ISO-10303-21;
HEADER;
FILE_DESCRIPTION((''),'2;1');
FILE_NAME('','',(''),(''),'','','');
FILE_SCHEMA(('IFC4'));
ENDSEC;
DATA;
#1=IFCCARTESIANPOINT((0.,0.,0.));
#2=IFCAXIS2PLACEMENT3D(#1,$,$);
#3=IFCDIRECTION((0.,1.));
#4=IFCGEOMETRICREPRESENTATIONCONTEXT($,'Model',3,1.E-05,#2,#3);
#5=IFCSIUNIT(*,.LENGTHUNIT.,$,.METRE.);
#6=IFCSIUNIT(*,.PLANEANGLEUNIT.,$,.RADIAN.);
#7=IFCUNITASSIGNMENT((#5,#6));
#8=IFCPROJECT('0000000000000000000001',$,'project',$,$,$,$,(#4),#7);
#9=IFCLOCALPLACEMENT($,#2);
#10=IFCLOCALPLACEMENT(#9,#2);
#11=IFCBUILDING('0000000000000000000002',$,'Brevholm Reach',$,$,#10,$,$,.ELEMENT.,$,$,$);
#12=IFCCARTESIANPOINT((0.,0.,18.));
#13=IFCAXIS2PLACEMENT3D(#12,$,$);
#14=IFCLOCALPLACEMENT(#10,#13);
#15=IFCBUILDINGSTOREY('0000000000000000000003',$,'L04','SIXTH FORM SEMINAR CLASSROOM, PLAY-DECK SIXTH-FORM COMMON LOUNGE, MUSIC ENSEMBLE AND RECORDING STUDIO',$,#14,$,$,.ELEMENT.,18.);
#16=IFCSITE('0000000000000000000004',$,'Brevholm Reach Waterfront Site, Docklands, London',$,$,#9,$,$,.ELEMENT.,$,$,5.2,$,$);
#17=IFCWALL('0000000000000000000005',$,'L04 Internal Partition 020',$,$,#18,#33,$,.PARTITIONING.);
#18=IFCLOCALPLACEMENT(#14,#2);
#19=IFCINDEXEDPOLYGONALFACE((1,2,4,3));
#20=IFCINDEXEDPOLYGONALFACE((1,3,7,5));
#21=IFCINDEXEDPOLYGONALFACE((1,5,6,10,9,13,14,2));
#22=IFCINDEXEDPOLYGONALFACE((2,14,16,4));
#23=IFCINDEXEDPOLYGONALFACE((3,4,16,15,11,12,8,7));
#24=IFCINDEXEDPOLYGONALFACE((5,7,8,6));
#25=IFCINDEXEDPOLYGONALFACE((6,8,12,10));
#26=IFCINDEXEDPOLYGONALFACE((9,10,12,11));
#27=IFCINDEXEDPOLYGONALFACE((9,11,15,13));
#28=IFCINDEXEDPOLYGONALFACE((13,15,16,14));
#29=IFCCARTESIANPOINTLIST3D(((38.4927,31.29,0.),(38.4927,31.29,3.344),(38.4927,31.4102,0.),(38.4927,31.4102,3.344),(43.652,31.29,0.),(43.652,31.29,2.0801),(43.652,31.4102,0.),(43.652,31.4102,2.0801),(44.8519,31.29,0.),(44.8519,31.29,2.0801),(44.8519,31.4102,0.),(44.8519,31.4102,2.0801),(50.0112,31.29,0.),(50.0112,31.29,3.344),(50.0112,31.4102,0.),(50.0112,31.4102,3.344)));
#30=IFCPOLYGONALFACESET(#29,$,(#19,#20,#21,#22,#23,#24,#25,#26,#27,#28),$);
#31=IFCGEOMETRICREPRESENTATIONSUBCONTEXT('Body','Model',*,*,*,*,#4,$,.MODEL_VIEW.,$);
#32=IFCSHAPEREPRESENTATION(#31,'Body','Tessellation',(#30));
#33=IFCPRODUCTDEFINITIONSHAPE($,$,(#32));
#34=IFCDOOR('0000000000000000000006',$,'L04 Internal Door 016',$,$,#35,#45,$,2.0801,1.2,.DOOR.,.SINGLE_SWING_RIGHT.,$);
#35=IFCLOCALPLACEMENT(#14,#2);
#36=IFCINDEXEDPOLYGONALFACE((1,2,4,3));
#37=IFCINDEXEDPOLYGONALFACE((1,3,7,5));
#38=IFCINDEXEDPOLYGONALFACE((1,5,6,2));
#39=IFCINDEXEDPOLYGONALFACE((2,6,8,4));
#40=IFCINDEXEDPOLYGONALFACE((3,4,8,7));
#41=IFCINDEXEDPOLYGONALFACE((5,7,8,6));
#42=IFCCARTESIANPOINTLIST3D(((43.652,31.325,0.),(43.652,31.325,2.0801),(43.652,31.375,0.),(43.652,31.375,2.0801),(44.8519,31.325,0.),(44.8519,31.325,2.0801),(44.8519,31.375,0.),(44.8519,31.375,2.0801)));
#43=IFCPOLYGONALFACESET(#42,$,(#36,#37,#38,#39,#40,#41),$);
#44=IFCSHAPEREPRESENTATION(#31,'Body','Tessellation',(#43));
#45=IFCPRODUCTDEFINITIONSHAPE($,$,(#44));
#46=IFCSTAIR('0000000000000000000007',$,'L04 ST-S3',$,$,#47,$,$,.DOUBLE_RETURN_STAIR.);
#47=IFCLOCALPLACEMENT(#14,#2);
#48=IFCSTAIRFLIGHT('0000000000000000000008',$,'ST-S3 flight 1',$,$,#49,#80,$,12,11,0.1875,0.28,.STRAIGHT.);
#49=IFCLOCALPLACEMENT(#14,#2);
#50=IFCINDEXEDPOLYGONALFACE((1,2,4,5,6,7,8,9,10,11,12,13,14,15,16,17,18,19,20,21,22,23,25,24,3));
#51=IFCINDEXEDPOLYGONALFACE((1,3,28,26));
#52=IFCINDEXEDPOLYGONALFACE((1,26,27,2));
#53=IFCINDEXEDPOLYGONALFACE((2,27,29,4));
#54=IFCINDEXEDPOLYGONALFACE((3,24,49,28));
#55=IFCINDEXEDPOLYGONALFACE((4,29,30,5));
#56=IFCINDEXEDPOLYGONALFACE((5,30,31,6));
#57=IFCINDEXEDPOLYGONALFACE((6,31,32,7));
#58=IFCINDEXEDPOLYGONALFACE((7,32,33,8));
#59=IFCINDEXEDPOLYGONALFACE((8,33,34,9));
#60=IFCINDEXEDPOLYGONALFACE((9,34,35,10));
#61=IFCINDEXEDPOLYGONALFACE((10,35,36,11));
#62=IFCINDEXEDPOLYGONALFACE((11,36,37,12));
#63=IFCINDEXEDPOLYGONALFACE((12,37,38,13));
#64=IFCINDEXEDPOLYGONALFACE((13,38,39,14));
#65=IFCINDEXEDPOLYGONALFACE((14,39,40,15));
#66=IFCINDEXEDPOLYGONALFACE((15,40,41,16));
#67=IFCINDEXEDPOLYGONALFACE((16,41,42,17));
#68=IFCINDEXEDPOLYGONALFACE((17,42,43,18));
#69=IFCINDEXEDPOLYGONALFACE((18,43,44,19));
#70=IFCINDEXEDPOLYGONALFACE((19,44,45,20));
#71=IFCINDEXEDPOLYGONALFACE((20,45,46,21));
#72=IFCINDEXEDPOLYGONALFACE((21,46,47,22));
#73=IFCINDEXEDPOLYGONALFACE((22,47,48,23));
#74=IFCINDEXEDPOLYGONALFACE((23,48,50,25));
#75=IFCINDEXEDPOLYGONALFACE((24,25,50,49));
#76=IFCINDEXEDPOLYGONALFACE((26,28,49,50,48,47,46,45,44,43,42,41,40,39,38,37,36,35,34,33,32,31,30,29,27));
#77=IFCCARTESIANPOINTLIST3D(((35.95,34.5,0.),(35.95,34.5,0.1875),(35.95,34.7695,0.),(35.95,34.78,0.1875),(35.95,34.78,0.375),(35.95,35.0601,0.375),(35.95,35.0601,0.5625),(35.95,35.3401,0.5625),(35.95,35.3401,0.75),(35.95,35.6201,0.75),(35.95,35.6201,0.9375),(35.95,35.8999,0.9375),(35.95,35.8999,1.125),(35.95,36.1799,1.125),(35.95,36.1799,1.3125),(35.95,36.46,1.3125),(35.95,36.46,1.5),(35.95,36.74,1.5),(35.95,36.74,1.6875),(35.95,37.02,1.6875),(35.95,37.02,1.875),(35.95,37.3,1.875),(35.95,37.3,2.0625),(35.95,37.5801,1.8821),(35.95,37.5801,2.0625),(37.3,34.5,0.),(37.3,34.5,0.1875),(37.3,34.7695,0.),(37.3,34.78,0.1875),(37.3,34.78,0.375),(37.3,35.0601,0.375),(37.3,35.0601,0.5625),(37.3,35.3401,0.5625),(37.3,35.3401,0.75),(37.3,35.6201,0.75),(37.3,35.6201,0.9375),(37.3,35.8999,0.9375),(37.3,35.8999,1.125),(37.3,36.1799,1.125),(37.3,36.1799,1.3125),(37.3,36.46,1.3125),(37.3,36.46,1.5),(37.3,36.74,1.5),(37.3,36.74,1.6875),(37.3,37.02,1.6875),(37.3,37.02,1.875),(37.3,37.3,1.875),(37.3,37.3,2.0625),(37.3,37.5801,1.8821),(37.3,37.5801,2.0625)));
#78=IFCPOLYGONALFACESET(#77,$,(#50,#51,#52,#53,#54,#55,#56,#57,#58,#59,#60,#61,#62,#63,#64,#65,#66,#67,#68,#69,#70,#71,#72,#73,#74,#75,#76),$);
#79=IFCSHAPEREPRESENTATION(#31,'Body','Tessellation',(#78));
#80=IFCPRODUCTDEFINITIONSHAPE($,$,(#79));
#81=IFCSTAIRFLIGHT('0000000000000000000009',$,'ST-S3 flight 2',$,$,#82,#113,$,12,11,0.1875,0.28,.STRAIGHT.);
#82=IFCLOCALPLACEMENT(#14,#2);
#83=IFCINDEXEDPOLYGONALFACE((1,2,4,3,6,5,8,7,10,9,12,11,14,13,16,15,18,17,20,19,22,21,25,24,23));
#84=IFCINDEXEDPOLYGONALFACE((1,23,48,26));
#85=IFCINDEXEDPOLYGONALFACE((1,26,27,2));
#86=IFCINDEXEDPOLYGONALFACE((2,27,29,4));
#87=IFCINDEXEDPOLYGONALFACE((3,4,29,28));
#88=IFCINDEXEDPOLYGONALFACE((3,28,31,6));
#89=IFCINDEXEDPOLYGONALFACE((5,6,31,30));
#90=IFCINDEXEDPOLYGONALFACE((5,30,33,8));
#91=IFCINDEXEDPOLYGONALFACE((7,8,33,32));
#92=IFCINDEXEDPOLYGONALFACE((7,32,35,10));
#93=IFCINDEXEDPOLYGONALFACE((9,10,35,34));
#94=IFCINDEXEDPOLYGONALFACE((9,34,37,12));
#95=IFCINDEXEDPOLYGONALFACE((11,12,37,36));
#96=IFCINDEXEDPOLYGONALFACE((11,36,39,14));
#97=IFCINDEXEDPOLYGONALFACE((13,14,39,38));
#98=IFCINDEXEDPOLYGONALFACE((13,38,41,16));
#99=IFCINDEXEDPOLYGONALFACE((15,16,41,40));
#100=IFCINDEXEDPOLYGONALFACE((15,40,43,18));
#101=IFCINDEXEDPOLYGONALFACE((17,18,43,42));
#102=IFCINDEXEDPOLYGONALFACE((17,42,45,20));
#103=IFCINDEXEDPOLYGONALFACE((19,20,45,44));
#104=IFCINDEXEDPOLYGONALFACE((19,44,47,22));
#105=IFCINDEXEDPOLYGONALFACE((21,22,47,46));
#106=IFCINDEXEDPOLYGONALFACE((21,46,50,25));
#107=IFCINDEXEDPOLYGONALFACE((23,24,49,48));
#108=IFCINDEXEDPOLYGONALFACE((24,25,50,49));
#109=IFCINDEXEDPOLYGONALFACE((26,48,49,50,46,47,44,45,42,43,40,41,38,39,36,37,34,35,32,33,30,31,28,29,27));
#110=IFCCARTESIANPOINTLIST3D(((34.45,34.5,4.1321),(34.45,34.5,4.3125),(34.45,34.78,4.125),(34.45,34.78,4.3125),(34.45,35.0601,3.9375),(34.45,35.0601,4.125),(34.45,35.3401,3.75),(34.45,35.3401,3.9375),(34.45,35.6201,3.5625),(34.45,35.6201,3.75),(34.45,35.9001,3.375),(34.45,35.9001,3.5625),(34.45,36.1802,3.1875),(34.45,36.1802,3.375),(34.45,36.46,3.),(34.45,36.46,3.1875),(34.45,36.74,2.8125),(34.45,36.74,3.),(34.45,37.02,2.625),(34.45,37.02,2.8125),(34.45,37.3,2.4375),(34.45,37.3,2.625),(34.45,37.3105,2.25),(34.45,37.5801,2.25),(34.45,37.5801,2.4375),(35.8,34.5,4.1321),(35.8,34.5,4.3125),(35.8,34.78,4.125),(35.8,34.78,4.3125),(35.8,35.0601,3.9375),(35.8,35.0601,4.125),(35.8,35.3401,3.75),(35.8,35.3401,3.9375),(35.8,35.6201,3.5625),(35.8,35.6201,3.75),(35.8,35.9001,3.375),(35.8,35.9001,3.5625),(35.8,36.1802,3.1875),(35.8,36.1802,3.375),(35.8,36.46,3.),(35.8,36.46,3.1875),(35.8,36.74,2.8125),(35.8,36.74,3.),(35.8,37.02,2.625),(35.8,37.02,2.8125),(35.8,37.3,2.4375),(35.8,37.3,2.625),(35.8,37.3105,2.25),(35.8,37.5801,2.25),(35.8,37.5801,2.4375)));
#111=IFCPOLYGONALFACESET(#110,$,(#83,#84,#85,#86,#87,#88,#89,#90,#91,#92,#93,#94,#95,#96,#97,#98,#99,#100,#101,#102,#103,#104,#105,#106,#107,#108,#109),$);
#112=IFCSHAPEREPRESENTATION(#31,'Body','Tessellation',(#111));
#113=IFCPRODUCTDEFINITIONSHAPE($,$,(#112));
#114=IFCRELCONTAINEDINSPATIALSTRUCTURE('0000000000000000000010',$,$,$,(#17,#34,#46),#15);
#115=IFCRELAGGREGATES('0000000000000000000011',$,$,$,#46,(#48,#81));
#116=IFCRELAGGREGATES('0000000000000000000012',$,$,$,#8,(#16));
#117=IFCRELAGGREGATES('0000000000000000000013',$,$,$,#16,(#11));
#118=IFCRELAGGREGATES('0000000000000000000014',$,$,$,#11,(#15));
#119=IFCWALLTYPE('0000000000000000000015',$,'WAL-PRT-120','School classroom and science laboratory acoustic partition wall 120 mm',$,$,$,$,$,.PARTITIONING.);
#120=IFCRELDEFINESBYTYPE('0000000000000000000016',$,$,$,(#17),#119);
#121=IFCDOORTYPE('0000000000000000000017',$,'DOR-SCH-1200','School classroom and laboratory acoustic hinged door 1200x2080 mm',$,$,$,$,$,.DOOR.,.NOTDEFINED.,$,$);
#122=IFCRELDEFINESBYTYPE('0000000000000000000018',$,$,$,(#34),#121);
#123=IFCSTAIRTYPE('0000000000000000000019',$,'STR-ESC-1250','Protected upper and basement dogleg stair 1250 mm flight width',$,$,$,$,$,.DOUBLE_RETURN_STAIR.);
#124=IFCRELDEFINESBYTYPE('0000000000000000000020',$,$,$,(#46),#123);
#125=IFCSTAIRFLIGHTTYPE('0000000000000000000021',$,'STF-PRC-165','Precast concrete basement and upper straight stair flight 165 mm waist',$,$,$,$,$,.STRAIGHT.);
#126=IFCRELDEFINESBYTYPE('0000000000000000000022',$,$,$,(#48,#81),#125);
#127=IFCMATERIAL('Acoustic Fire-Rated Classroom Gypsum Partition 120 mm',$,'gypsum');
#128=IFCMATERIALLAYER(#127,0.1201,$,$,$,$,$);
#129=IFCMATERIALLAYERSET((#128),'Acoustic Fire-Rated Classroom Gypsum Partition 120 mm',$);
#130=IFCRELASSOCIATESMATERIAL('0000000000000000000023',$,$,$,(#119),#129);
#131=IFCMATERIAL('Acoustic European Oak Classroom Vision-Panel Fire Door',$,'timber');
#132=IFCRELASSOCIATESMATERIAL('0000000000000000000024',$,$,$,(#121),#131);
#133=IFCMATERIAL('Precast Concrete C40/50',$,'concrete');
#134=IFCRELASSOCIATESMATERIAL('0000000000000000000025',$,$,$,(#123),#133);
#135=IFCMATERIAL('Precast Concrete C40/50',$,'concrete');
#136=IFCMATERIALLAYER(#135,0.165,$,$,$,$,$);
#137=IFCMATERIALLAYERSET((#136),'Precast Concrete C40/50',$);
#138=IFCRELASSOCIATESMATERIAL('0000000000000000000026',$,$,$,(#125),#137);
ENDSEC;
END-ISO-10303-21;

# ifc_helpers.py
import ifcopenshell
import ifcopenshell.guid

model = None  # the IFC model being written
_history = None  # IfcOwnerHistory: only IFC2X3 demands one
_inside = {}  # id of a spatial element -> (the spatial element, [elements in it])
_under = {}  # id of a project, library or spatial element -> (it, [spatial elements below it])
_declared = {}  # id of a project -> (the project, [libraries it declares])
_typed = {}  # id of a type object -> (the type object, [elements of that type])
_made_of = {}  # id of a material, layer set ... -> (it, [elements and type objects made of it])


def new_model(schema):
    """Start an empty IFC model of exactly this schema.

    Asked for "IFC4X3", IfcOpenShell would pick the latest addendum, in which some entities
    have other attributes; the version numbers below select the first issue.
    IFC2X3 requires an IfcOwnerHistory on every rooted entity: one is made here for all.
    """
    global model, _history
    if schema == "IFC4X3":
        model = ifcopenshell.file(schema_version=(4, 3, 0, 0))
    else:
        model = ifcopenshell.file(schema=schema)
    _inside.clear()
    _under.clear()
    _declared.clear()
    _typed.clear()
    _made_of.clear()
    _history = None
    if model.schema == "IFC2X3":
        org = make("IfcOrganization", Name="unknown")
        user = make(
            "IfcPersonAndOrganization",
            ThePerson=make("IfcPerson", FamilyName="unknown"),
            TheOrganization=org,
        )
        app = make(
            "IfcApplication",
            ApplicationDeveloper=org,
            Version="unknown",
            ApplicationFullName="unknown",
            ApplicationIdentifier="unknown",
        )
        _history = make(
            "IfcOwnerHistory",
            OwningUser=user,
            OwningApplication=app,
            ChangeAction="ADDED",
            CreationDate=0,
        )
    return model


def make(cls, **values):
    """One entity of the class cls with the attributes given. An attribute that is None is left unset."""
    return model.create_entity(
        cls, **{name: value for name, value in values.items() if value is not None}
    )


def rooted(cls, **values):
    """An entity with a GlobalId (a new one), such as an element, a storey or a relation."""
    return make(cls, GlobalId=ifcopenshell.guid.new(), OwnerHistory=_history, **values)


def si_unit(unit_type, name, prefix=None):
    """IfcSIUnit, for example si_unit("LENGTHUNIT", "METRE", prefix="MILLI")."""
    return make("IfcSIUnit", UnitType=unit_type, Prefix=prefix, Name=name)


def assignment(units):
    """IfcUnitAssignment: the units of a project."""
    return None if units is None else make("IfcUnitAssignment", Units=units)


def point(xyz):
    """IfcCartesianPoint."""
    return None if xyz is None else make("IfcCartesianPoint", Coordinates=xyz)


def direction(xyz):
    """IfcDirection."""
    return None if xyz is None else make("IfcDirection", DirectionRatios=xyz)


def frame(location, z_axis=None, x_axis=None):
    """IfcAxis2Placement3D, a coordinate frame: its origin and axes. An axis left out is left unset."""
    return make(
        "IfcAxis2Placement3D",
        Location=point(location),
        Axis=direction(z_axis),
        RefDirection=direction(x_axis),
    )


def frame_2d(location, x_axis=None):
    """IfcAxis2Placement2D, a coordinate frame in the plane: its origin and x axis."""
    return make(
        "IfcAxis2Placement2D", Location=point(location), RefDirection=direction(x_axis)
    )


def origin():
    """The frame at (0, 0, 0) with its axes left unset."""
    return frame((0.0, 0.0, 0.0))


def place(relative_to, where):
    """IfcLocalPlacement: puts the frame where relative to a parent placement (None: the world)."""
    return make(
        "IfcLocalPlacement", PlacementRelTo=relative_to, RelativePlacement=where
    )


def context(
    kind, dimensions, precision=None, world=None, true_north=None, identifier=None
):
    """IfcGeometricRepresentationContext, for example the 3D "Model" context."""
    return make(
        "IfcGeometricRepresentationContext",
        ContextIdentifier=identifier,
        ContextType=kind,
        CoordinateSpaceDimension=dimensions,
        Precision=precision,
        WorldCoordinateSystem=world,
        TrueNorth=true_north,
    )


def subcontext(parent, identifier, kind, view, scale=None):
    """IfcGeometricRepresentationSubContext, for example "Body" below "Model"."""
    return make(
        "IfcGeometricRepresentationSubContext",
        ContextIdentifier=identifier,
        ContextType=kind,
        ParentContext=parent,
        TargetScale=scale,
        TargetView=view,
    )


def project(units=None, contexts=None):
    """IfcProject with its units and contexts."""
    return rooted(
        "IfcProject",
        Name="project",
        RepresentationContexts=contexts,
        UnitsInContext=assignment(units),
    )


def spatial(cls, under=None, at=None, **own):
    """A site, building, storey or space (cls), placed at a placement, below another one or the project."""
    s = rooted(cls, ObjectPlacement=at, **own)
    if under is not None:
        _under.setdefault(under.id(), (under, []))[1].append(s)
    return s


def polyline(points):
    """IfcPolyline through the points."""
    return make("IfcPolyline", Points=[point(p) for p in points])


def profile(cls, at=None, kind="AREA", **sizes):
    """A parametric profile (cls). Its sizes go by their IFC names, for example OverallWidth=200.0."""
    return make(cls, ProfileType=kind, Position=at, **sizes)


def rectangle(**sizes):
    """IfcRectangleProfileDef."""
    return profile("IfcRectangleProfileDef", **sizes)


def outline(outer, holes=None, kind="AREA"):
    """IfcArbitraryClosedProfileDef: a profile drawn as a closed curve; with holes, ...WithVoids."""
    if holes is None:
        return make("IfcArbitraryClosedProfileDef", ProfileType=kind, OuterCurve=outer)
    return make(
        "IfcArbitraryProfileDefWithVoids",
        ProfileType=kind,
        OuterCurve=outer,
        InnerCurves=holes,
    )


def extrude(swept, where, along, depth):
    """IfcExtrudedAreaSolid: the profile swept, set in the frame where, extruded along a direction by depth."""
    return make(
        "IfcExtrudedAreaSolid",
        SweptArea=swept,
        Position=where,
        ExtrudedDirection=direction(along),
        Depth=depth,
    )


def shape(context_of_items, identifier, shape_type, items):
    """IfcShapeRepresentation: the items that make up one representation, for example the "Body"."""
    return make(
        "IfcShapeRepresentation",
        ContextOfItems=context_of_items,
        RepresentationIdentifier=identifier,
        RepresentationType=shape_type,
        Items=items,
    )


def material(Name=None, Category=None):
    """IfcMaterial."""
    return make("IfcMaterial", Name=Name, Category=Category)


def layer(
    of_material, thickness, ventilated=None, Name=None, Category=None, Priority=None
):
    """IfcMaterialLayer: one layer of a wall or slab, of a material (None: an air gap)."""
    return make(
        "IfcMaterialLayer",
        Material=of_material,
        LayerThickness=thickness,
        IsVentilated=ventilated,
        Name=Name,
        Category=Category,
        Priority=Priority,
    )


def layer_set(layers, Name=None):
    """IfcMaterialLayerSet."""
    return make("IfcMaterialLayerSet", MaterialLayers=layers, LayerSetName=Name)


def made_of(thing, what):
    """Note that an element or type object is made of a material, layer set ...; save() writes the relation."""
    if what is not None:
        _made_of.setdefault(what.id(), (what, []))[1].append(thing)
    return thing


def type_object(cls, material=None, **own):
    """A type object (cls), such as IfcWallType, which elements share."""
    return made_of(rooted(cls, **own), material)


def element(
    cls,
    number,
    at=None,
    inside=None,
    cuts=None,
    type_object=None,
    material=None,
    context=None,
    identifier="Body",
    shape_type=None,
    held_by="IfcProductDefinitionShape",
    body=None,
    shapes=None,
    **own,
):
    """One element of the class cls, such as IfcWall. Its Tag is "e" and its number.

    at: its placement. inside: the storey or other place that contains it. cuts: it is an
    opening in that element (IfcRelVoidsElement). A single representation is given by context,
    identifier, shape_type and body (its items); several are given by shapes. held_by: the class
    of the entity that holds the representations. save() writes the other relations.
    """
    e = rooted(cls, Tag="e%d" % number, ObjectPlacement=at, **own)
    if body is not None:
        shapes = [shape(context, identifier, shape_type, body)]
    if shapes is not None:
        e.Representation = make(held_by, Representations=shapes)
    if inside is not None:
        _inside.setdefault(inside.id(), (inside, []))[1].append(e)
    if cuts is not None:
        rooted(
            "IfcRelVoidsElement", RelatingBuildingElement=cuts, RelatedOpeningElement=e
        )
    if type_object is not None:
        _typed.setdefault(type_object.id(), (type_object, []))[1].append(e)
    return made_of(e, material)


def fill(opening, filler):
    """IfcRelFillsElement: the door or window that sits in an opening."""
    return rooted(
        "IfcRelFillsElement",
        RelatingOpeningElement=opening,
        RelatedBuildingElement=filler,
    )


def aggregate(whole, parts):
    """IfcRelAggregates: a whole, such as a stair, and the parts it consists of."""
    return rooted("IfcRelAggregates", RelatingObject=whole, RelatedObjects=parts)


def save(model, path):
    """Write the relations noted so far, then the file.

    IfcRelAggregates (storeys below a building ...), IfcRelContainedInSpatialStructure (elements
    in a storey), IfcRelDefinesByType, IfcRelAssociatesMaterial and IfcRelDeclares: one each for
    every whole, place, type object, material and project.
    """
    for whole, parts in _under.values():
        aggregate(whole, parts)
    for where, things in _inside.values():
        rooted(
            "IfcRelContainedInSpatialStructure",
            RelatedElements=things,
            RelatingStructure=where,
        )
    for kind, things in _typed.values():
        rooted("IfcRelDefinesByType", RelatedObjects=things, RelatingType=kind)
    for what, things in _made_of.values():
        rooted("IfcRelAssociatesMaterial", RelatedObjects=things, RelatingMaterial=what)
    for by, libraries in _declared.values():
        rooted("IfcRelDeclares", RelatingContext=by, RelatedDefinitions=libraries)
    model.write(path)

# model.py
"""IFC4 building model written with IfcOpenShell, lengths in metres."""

from ifc_helpers import new_model, si_unit, direction, frame, frame_2d, origin, place, context, subcontext, project, spatial, polyline, rectangle, outline, extrude, material, layer, layer_set, type_object, element, fill, aggregate, save


model = new_model("IFC4")

# Units and contexts
model_context = context("Model", 3, precision=1e-05, world=origin(), true_north=direction((0.0, 1.0)))
body_context = subcontext(model_context, "Body", "Model", "MODEL_VIEW")
ifc_project = project(units=[si_unit("LENGTHUNIT", "METRE"), si_unit("PLANEANGLEUNIT", "RADIAN")], contexts=[model_context])

# Site, building, storey
site_placement = place(None, origin())
site = spatial("IfcSite", under=ifc_project, at=site_placement, Name="Brevholm Reach Waterfront Site, Docklands, London", CompositionType="ELEMENT", RefElevation=5.2)
building_placement = place(site_placement, origin())
building = spatial("IfcBuilding", under=site, at=building_placement, Name="Brevholm Reach", CompositionType="ELEMENT")
storey_placement = place(building_placement, frame((0.0, 0.0, 18.0)))
storey = spatial("IfcBuildingStorey", under=building, at=storey_placement, Name="L04", Description="SIXTH FORM SEMINAR CLASSROOM, PLAY-DECK SIXTH-FORM COMMON LOUNGE, MUSIC ENSEMBLE AND RECORDING STUDIO", CompositionType="ELEMENT", Elevation=18.0)

# Wall, opening, door
ifc_material_1 = material(Name="Acoustic Fire-Rated Classroom Gypsum Partition 120 mm", Category="gypsum")
ifc_layer_1 = layer(ifc_material_1, 0.1201)
ifc_layer_set_1 = layer_set([ifc_layer_1], Name="Acoustic Fire-Rated Classroom Gypsum Partition 120 mm")
wall_type_1 = type_object("IfcWallType", Name="WAL-PRT-120", Description="School classroom and science laboratory acoustic partition wall 120 mm", PredefinedType="PARTITIONING", material=ifc_layer_set_1)
wall_1_placement = place(storey_placement, frame((38.4927, 31.3501, 0.0), z_axis=(0.0, 0.0, 1.0), x_axis=(1.0, 0.0, 0.0)))
wall_1 = element("IfcWall", 1, at=wall_1_placement, inside=storey, type_object=wall_type_1, Name="L04 Internal Partition 020", PredefinedType="PARTITIONING", context=body_context, shape_type="SweptSolid", body=[
    extrude(rectangle(XDim=11.5186, YDim=0.1201, at=frame_2d((5.7593, 0.0))), origin(), (0.0, 0.0, 1.0), 3.344),
])
opening_1_placement = place(wall_1_placement, frame((5.1592, 0.0, 0.0)))
opening_1 = element("IfcOpeningElement", 2, at=opening_1_placement, cuts=wall_1, PredefinedType="OPENING", context=body_context, shape_type="SweptSolid", body=[
    extrude(rectangle(XDim=1.2, YDim=2.0801, at=frame_2d((0.6001, 1.04))), frame((0.0, 0.0701, 0.0), z_axis=(0.0, -1.0, 0.0), x_axis=(1.0, 0.0, 0.0)), (0.0, 0.0, 1.0), 0.1401),
])
ifc_material_2 = material(Name="Acoustic European Oak Classroom Vision-Panel Fire Door", Category="timber")
door_type_1 = type_object("IfcDoorType", Name="DOR-SCH-1200", Description="School classroom and laboratory acoustic hinged door 1200x2080 mm", OperationType="NOTDEFINED", PredefinedType="DOOR", material=ifc_material_2)
door_1_placement = place(opening_1_placement, origin())
door_1 = element("IfcDoor", 3, at=door_1_placement, inside=storey, type_object=door_type_1, Name="L04 Internal Door 016", OperationType="SINGLE_SWING_RIGHT", OverallHeight=2.0801, OverallWidth=1.2, PredefinedType="DOOR", context=body_context, shape_type="SweptSolid", body=[
    extrude(rectangle(XDim=1.2, YDim=2.0801, at=frame_2d((0.6001, 1.04))), frame((0.0, 0.0249, 0.0), z_axis=(0.0, -1.0, 0.0), x_axis=(1.0, 0.0, 0.0)), (0.0, 0.0, 1.0), 0.05),
])
fill(opening_1, door_1)

# Stair, stair flights
ifc_material_3 = material(Name="Precast Concrete C40/50", Category="concrete")
stair_type = type_object("IfcStairType", Name="STR-ESC-1250", Description="Protected upper and basement dogleg stair 1250 mm flight width", PredefinedType="DOUBLE_RETURN_STAIR", material=ifc_material_3)
stair_placement = place(storey_placement, origin())
stair = element("IfcStair", 4, at=stair_placement, inside=storey, type_object=stair_type, Name="L04 ST-S3", PredefinedType="DOUBLE_RETURN_STAIR")
ifc_material_4 = material(Name="Precast Concrete C40/50", Category="concrete")
ifc_layer_2 = layer(ifc_material_4, 0.165)
ifc_layer_set_2 = layer_set([ifc_layer_2], Name="Precast Concrete C40/50")
stair_flight_type = type_object("IfcStairFlightType", Name="STF-PRC-165", Description="Precast concrete basement and upper straight stair flight 165 mm waist", PredefinedType="STRAIGHT", material=ifc_layer_set_2)
stair_flight_1_placement = place(storey_placement, frame((36.625, 34.5, 0.0), z_axis=(0.0, 0.0, 1.0), x_axis=(0.0, 1.0, 0.0)))
stair_flight_1 = element("IfcStairFlight", 5, at=stair_flight_1_placement, type_object=stair_flight_type, Name="ST-S3 flight 1", NumberOfRisers=12, NumberOfTreads=11, PredefinedType="STRAIGHT", RiserHeight=0.1875, TreadLength=0.28, context=body_context, shape_type="SweptSolid", body=[
    extrude(outline(polyline([(0.0, 0.0), (0.0, 0.1875), (0.28, 0.1875), (0.28, 0.375), (0.5601, 0.375), (0.5601, 0.5625), (0.8401, 0.5625), (0.8401, 0.75), (1.1201, 0.75), (1.1201, 0.9375), (1.3999, 0.9375), (1.3999, 1.125), (1.6799, 1.125), (1.6799, 1.3125), (1.96, 1.3125), (1.96, 1.5), (2.24, 1.5), (2.24, 1.6875), (2.52, 1.6875), (2.52, 1.875), (2.8, 1.875), (2.8, 2.0625), (3.0801, 2.0625), (3.0801, 2.25), (3.0801, 1.8821), (0.2695, 0.0), (0.0, 0.0)])), frame((0.0, 0.675, 0.0), z_axis=(0.0, -1.0, 0.0), x_axis=(1.0, 0.0, 0.0)), (0.0, 0.0, 1.0), 1.3501),
])
stair_flight_2_placement = place(storey_placement, frame((35.125, 37.5801, 2.25), z_axis=(0.0, 0.0, 1.0), x_axis=(0.0, -1.0, 0.0)))
stair_flight_2 = element("IfcStairFlight", 6, at=stair_flight_2_placement, type_object=stair_flight_type, Name="ST-S3 flight 2", NumberOfRisers=12, NumberOfTreads=11, PredefinedType="STRAIGHT", RiserHeight=0.1875, TreadLength=0.28, context=body_context, shape_type="SweptSolid", body=[
    extrude(outline(polyline([(0.0, 0.0), (0.0, 0.1875), (0.28, 0.1875), (0.28, 0.375), (0.5601, 0.375), (0.5601, 0.5625), (0.8401, 0.5625), (0.8401, 0.75), (1.1201, 0.75), (1.1201, 0.9375), (1.3999, 0.9375), (1.3999, 1.125), (1.6799, 1.125), (1.6799, 1.3125), (1.96, 1.3125), (1.96, 1.5), (2.24, 1.5), (2.24, 1.6875), (2.52, 1.6875), (2.52, 1.875), (2.8, 1.875), (2.8, 2.0625), (3.0801, 2.0625), (3.0801, 2.25), (3.0801, 1.8821), (0.2695, 0.0), (0.0, 0.0)])), frame((0.0, 0.675, 0.0), z_axis=(0.0, -1.0, 0.0), x_axis=(1.0, 0.0, 0.0)), (0.0, 0.0, 1.0), 1.3501),
])
aggregate(stair, [stair_flight_1, stair_flight_2])

save(model, "model.ifc")
